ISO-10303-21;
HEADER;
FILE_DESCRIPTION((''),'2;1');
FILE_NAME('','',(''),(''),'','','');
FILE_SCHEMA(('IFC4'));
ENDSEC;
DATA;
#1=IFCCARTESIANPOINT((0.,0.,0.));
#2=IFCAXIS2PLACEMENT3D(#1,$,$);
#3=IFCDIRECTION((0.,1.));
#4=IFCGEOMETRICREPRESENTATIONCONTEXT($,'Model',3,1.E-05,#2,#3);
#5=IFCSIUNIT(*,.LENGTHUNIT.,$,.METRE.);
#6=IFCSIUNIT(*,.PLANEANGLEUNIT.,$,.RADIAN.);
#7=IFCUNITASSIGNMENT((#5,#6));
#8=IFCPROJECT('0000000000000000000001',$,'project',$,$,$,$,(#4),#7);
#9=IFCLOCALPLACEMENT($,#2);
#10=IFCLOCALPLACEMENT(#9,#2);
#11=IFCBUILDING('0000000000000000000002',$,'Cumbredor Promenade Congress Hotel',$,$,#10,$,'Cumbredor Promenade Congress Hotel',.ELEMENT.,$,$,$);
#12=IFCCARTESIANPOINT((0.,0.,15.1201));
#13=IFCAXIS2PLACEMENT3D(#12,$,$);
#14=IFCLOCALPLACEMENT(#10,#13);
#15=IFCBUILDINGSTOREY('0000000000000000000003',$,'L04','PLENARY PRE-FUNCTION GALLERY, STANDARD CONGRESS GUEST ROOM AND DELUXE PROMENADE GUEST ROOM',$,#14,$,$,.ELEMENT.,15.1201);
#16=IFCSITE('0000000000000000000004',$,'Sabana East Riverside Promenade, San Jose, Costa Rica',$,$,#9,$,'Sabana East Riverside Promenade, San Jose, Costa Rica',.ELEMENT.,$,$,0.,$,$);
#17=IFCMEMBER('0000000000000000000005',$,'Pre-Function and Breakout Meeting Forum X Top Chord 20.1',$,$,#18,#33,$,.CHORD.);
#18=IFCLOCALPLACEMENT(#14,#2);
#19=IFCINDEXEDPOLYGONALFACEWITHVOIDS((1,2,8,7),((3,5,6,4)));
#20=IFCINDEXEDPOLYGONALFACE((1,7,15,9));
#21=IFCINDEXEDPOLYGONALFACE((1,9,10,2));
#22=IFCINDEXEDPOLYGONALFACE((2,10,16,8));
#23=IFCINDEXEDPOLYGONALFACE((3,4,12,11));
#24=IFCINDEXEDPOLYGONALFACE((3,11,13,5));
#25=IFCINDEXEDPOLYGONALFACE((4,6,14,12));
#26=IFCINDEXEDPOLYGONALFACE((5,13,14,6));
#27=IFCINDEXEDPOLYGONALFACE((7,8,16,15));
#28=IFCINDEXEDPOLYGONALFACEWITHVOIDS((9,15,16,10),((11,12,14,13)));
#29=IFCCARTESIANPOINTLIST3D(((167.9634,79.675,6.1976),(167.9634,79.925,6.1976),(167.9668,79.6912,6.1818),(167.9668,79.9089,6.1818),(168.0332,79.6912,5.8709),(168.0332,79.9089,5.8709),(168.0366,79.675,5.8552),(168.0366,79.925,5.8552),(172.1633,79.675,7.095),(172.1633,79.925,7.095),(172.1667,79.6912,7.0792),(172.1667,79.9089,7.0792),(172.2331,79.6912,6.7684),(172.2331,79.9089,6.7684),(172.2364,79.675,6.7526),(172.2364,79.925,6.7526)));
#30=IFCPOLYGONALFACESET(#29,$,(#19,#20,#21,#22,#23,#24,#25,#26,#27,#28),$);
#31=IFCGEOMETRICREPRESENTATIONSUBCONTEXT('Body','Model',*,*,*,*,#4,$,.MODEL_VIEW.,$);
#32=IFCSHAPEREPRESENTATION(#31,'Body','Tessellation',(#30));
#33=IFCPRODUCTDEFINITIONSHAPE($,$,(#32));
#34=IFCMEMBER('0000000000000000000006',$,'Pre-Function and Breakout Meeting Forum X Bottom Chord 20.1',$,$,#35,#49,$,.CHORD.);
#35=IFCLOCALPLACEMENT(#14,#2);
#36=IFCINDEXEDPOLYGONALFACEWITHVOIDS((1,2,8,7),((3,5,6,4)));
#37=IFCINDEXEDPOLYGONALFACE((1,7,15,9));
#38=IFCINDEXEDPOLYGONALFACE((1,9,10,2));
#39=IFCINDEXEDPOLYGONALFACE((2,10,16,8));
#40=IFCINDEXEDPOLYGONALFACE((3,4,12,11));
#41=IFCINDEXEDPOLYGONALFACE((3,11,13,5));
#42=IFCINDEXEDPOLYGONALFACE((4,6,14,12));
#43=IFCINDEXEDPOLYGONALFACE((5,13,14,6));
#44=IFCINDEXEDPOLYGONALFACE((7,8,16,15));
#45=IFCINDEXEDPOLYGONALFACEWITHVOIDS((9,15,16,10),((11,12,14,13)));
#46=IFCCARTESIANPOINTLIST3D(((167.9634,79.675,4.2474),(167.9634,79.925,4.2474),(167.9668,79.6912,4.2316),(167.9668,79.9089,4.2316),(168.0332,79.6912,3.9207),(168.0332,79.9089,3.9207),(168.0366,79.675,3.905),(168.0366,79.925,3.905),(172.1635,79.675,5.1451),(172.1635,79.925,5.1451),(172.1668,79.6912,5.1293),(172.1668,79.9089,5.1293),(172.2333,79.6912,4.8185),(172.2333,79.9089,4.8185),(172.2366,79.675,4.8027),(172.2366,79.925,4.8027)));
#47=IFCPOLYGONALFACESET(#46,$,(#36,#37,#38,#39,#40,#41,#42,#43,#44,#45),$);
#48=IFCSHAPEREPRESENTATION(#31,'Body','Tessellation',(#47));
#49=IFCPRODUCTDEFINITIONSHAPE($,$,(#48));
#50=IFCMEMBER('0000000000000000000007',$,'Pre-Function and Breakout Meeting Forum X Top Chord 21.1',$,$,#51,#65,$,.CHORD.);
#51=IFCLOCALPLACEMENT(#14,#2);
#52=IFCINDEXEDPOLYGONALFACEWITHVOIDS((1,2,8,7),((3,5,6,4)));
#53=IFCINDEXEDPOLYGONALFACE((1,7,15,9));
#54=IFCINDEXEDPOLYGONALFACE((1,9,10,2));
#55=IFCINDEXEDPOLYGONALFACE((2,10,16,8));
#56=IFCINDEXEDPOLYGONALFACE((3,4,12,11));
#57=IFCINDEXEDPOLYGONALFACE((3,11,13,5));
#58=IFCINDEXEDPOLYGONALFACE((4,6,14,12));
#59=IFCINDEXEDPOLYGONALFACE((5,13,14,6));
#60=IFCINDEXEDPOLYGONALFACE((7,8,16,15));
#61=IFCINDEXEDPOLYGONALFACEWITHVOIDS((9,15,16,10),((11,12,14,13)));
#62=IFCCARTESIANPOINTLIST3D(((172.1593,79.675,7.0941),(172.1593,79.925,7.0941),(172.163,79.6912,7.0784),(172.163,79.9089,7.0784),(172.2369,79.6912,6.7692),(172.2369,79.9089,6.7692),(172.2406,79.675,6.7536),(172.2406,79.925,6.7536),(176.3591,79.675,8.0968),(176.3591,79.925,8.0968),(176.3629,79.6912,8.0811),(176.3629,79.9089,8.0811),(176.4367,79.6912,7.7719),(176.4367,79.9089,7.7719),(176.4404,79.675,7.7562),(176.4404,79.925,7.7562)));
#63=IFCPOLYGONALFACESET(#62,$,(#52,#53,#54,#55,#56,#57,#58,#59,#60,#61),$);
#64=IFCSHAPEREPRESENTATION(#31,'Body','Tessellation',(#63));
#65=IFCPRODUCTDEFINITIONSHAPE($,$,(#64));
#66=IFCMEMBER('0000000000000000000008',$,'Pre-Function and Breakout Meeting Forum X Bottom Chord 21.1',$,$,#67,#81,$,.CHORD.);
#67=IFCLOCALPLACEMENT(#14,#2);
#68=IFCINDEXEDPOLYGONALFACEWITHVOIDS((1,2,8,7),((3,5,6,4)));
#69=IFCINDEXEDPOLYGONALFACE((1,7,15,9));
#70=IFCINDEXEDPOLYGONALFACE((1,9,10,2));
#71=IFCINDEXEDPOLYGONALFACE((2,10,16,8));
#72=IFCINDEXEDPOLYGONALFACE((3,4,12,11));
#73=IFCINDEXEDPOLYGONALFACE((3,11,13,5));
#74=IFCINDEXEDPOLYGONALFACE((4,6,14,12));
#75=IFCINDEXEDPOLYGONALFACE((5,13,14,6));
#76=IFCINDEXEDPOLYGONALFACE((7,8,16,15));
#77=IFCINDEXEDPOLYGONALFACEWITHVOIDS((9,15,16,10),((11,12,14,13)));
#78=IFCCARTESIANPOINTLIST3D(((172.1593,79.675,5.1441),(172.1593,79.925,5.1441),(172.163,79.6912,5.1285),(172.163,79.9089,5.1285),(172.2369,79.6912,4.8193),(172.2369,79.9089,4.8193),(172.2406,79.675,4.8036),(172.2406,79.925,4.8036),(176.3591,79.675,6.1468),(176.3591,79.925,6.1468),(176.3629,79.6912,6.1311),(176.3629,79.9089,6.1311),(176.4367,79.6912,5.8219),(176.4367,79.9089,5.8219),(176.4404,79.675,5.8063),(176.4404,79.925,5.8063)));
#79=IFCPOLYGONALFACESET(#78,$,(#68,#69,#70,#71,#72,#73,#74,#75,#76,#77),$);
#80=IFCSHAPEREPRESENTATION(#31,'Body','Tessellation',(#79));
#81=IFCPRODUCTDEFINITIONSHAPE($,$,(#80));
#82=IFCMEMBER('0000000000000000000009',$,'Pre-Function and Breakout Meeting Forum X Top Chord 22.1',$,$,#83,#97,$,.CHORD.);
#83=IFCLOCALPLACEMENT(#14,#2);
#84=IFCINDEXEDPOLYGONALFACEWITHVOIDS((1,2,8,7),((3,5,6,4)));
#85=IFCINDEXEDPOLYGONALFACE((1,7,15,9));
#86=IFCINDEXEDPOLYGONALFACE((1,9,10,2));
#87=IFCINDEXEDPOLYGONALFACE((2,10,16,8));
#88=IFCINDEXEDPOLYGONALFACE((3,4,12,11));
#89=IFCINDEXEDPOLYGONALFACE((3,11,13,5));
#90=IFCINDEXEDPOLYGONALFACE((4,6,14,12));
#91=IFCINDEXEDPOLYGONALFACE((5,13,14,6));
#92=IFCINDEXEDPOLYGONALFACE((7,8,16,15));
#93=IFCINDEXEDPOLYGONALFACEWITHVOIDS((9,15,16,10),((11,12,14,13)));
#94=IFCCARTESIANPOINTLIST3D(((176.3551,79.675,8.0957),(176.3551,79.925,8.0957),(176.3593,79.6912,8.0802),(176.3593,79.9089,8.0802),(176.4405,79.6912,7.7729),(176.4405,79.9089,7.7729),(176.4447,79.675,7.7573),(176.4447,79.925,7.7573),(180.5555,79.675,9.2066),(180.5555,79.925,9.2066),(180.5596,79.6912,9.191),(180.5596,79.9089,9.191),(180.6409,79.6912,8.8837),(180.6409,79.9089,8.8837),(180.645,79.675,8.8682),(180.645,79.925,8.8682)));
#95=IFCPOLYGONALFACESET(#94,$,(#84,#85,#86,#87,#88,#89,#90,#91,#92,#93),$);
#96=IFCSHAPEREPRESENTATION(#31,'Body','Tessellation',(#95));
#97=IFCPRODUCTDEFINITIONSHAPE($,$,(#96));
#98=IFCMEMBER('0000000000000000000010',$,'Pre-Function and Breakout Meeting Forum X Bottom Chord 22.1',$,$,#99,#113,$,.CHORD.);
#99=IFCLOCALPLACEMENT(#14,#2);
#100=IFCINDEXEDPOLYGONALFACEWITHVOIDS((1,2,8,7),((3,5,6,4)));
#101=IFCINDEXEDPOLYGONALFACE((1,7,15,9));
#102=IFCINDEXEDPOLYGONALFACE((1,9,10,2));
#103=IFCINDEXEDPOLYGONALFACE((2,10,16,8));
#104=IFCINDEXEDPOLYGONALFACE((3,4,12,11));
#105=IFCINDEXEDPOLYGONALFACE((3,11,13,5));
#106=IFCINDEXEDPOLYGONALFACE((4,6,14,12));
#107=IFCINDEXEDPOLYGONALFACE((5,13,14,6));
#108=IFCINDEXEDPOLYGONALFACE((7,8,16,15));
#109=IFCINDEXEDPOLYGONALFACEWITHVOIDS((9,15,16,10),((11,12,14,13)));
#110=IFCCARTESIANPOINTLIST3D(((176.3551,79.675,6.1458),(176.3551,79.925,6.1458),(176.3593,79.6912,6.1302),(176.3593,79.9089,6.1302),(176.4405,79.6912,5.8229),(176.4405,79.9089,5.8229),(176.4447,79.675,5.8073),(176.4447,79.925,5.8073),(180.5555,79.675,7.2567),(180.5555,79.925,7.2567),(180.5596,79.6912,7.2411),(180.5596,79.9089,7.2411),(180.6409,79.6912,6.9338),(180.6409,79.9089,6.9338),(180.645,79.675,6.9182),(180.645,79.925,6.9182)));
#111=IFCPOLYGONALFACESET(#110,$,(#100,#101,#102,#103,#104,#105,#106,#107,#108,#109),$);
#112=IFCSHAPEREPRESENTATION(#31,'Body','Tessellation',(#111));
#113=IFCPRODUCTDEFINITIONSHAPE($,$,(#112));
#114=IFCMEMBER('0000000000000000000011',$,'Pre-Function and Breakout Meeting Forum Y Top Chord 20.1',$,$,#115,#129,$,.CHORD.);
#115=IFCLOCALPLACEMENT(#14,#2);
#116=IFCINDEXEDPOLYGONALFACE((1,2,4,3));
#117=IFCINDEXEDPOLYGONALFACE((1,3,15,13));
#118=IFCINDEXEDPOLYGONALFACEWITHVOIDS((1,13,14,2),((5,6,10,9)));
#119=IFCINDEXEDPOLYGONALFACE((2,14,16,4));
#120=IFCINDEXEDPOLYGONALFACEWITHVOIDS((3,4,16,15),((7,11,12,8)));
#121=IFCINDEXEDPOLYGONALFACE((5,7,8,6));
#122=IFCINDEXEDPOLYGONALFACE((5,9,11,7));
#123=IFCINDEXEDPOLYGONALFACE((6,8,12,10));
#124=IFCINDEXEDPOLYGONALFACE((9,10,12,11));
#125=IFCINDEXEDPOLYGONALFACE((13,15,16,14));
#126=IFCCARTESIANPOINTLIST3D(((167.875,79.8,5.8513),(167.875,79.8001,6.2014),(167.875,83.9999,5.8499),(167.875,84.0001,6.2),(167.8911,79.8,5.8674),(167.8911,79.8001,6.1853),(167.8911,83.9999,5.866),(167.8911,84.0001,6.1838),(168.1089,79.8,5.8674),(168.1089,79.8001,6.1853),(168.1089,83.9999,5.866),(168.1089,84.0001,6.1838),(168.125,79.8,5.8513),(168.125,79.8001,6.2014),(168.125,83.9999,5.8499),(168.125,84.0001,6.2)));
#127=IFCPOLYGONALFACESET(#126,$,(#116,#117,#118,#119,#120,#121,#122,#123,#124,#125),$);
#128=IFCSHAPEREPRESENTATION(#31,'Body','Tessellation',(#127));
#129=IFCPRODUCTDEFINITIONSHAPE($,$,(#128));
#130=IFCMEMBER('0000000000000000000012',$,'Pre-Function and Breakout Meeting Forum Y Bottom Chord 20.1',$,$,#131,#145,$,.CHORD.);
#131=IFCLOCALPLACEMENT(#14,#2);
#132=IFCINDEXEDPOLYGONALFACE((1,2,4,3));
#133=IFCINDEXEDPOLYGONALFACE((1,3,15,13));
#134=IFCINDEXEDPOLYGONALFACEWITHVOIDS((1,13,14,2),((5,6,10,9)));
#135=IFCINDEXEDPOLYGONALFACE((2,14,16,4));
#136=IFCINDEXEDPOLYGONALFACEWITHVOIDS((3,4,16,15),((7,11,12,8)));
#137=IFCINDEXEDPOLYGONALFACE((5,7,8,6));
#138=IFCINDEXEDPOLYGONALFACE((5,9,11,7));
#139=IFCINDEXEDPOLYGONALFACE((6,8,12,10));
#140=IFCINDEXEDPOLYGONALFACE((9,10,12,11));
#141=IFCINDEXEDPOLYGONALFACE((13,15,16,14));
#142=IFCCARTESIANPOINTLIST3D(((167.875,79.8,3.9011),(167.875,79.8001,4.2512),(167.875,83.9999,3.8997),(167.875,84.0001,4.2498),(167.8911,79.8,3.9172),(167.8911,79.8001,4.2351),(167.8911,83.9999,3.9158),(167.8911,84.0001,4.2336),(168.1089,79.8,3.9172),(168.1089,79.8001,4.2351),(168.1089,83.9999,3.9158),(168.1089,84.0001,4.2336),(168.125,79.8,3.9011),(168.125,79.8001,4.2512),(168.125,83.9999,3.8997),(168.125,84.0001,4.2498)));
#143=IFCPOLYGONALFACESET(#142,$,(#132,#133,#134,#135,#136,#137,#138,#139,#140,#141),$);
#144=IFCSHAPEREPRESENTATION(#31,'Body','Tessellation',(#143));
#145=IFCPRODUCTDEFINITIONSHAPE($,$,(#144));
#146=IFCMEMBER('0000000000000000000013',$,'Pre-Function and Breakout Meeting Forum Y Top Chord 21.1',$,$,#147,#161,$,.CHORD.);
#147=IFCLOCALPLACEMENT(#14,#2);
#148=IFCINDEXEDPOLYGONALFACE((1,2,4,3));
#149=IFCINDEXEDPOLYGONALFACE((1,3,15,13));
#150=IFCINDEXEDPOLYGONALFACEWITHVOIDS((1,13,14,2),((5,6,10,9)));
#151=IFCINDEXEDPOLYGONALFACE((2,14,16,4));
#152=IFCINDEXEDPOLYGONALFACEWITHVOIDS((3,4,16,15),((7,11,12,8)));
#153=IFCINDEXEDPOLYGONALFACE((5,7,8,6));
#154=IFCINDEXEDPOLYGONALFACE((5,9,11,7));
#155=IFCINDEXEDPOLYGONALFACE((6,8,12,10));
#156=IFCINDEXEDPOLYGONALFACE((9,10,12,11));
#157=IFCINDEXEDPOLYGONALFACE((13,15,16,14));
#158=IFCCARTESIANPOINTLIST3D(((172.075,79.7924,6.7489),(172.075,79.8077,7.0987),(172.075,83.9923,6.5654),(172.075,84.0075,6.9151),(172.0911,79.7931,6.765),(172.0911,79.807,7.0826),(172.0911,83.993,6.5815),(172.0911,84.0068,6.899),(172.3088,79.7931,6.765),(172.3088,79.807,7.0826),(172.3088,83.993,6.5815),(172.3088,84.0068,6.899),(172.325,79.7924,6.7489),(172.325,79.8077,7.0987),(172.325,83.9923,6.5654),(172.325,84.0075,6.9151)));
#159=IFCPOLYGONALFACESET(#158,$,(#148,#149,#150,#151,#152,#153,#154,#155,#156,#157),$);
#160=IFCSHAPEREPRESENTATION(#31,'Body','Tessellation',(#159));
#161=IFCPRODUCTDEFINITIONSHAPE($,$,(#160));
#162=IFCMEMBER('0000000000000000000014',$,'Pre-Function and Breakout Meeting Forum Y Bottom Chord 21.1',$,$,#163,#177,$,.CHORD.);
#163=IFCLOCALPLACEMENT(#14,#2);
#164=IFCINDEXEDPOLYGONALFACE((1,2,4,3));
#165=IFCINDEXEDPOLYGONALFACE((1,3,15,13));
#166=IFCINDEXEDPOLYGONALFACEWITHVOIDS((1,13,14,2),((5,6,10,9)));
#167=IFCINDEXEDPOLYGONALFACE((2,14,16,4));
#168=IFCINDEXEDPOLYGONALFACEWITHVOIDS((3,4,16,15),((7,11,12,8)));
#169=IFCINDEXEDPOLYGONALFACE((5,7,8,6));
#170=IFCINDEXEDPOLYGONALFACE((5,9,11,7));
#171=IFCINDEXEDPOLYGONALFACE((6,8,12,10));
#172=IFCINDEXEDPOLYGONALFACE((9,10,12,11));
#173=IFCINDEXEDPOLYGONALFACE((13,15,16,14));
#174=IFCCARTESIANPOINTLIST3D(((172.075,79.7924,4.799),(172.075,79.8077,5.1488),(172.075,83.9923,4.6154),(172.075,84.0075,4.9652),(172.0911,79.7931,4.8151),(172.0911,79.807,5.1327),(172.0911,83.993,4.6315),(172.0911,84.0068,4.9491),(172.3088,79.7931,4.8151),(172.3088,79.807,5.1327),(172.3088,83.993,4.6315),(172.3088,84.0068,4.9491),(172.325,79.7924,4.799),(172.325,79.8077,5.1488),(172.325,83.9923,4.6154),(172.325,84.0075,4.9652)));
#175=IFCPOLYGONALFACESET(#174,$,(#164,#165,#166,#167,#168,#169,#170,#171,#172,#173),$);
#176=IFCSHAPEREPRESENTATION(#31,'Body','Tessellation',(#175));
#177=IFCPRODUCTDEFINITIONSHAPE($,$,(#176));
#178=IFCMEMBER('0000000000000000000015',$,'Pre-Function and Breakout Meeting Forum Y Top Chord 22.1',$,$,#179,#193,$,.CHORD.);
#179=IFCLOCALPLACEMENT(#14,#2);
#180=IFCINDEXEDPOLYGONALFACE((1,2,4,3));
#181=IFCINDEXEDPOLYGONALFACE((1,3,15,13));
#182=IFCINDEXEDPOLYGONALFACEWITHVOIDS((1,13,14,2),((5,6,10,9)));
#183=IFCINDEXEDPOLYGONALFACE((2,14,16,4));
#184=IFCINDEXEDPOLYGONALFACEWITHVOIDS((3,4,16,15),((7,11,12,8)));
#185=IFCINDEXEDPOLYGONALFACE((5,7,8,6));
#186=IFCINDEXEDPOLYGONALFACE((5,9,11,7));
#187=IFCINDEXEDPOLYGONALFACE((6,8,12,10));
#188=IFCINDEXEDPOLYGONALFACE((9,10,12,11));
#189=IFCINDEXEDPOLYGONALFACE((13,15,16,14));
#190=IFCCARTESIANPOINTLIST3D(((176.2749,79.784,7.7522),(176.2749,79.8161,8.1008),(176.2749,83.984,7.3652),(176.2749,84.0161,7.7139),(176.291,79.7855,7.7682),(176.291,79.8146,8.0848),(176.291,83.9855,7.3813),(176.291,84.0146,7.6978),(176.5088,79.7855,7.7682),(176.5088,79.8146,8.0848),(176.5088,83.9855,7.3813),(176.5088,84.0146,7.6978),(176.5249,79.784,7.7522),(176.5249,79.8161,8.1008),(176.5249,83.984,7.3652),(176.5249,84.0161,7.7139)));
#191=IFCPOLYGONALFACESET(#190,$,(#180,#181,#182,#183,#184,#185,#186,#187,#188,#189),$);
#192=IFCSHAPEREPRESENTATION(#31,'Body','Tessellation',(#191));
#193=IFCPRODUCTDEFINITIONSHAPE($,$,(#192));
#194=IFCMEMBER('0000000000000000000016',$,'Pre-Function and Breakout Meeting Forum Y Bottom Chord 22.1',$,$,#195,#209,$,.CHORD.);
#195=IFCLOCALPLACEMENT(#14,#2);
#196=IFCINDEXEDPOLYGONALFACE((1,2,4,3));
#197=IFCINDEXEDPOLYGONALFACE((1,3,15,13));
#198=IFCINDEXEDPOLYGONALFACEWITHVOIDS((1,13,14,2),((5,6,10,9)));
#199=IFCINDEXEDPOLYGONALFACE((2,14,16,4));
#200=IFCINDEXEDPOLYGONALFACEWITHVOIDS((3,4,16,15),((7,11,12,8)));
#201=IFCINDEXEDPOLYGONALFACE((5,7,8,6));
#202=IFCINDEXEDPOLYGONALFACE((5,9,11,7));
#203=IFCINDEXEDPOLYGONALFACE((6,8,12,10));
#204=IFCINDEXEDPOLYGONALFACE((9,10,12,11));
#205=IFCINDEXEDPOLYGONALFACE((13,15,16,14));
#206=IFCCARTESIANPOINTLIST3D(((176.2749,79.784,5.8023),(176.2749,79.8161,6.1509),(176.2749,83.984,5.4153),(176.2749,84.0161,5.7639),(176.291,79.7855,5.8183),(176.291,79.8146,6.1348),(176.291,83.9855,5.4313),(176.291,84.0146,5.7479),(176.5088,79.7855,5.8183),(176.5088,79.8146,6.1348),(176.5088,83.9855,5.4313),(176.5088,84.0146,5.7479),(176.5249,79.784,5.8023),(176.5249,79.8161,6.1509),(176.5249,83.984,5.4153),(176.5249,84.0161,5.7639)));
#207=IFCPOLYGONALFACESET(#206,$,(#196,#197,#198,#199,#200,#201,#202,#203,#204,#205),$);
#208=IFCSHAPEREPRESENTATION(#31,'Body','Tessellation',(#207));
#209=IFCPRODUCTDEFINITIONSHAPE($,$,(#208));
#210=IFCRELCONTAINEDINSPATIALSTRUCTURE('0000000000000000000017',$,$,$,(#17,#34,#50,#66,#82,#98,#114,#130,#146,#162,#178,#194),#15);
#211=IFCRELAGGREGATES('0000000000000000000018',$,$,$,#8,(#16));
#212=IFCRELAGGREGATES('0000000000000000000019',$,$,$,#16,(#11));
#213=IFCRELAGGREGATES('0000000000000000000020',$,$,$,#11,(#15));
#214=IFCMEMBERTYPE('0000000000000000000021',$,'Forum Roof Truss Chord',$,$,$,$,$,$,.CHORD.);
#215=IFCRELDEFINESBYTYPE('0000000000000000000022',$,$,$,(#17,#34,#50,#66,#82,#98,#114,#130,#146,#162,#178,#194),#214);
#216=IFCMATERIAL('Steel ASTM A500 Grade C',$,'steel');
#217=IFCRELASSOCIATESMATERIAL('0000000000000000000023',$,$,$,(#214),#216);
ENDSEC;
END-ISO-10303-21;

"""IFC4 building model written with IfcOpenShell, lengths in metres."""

from ifc_helpers import new_model, si_unit, direction, frame, origin, origin_2d, place, context, subcontext, project, spatial, hollow_rectangle, extrude, material, material_profile, profile_set, type_object, element, save


model = new_model("IFC4")

# Units and contexts
model_context = context("Model", 3, precision=1e-05, world=origin(), true_north=direction((0.0, 1.0)))
body_context = subcontext(model_context, "Body", "Model", "MODEL_VIEW")
ifc_project = project(units=[si_unit("LENGTHUNIT", "METRE"), si_unit("PLANEANGLEUNIT", "RADIAN")], contexts=[model_context])

# Site, building, storey
site_placement = place(None, origin())
site = spatial("IfcSite", under=ifc_project, at=site_placement, Name="Sabana East Riverside Promenade, San Jose, Costa Rica", LongName="Sabana East Riverside Promenade, San Jose, Costa Rica", CompositionType="ELEMENT", RefElevation=0.0)
building_placement = place(site_placement, origin())
building = spatial("IfcBuilding", under=site, at=building_placement, Name="Cumbredor Promenade Congress Hotel", LongName="Cumbredor Promenade Congress Hotel", CompositionType="ELEMENT")
storey_placement = place(building_placement, frame((0.0, 0.0, 15.1201)))
storey = spatial("IfcBuildingStorey", under=building, at=storey_placement, Name="L04", Description="PLENARY PRE-FUNCTION GALLERY, STANDARD CONGRESS GUEST ROOM AND DELUXE PROMENADE GUEST ROOM", CompositionType="ELEMENT", Elevation=15.1201)

# Members
ifc_material_1 = material(Name="Steel ASTM A500 Grade C", Category="steel")
ifc_material_profile_1 = material_profile(ifc_material_1, hollow_rectangle(XDim=0.25, YDim=0.3501, WallThickness=0.0161, at=origin_2d()), Name="HSS 350x250x16")
ifc_profile_set_1 = profile_set([ifc_material_profile_1], Name="Steel ASTM A500 Grade C")
member_type_1 = type_object("IfcMemberType", Name="Forum Roof Truss Chord", PredefinedType="CHORD", material=ifc_profile_set_1)
member_1_placement = place(storey_placement, frame((168.0, 79.8, 6.0264), z_axis=(0.977923, 0.0, 0.208966), x_axis=(0.0, 1.0, 0.0)))
element("IfcMember", 1, at=member_1_placement, inside=storey, type_object=member_type_1, Name="Pre-Function and Breakout Meeting Forum X Top Chord 20.1", PredefinedType="CHORD", context=body_context, shape_type="SweptSolid", body=[
    extrude(hollow_rectangle(XDim=0.25, YDim=0.3501, WallThickness=0.0161, at=origin_2d()), origin(), (0.0, 0.0, 1.0), 4.2947),
])
member_2_placement = place(storey_placement, frame((168.0, 79.8, 4.0762), z_axis=(0.977911, 0.0, 0.209021), x_axis=(0.0, 1.0, 0.0)))
element("IfcMember", 2, at=member_2_placement, inside=storey, type_object=member_type_1, Name="Pre-Function and Breakout Meeting Forum X Bottom Chord 20.1", PredefinedType="CHORD", context=body_context, shape_type="SweptSolid", body=[
    extrude(hollow_rectangle(XDim=0.25, YDim=0.3501, WallThickness=0.0161, at=origin_2d()), origin(), (0.0, 0.0, 1.0), 4.2949),
])
for number, where, z_axis, x_axis, name in (
    (3, (172.2, 79.8, 6.9238), (0.972665, 0.0, 0.232212), (0.0, 1.0, 0.0), "Pre-Function and Breakout Meeting Forum X Top Chord 21.1"),
    (4, (172.2, 79.8, 4.9739), (0.972665, 0.0, 0.232212), (0.0, 1.0, 0.0), "Pre-Function and Breakout Meeting Forum X Bottom Chord 21.1"),
):
    element("IfcMember", number, at=place(storey_placement, frame(where, z_axis=z_axis, x_axis=x_axis)), inside=storey, type_object=member_type_1, Name=name, PredefinedType="CHORD", context=body_context, shape_type="SweptSolid", body=[
        extrude(hollow_rectangle(XDim=0.25, YDim=0.3501, WallThickness=0.0161, at=origin_2d()), origin(), (0.0, 0.0, 1.0), 4.3179),
    ])
for number, where, z_axis, x_axis, name in (
    (5, (176.3999, 79.8, 7.9265), (0.966761, 0.0, 0.255682), (0.0, 1.0, 0.0), "Pre-Function and Breakout Meeting Forum X Top Chord 22.1"),
    (6, (176.3999, 79.8, 5.9766), (0.966761, 0.0, 0.255682), (0.0, 1.0, 0.0), "Pre-Function and Breakout Meeting Forum X Bottom Chord 22.1"),
):
    element("IfcMember", number, at=place(storey_placement, frame(where, z_axis=z_axis, x_axis=x_axis)), inside=storey, type_object=member_type_1, Name=name, PredefinedType="CHORD", context=body_context, shape_type="SweptSolid", body=[
        extrude(hollow_rectangle(XDim=0.25, YDim=0.3501, WallThickness=0.0161, at=origin_2d()), origin(), (0.0, 0.0, 1.0), 4.3447),
    ])
for number, where, z_axis, x_axis, name in (
    (7, (168.0, 79.8, 6.0264), (0.0, 1.0, -0.000349), (-1.0, 0.0, 0.0), "Pre-Function and Breakout Meeting Forum Y Top Chord 20.1"),
    (8, (168.0, 79.8, 4.0762), (0.0, 1.0, -0.000349), (-1.0, 0.0, 0.0), "Pre-Function and Breakout Meeting Forum Y Bottom Chord 20.1"),
):
    element("IfcMember", number, at=place(storey_placement, frame(where, z_axis=z_axis, x_axis=x_axis)), inside=storey, type_object=member_type_1, Name=name, PredefinedType="CHORD", context=body_context, shape_type="SweptSolid", body=[
        extrude(hollow_rectangle(XDim=0.25, YDim=0.3501, WallThickness=0.0161, at=origin_2d()), origin(), (0.0, 0.0, 1.0), 4.2),
    ])
for number, where, z_axis, x_axis, name in (
    (9, (172.2, 79.8, 6.9238), (0.0, 0.999046, -0.043672), (-1.0, 0.0, 0.0), "Pre-Function and Breakout Meeting Forum Y Top Chord 21.1"),
    (10, (172.2, 79.8, 4.9739), (0.0, 0.999046, -0.043672), (-1.0, 0.0, 0.0), "Pre-Function and Breakout Meeting Forum Y Bottom Chord 21.1"),
):
    element("IfcMember", number, at=place(storey_placement, frame(where, z_axis=z_axis, x_axis=x_axis)), inside=storey, type_object=member_type_1, Name=name, PredefinedType="CHORD", context=body_context, shape_type="SweptSolid", body=[
        extrude(hollow_rectangle(XDim=0.25, YDim=0.3501, WallThickness=0.0161, at=origin_2d()), origin(), (0.0, 0.0, 1.0), 4.2039),
    ])
for number, where, z_axis, x_axis, name in (
    (11, (176.3999, 79.8, 7.9265), (0.0, 0.995782, -0.091747), (-1.0, 0.0, 0.0), "Pre-Function and Breakout Meeting Forum Y Top Chord 22.1"),
    (12, (176.3999, 79.8, 5.9766), (0.0, 0.995782, -0.091747), (-1.0, 0.0, 0.0), "Pre-Function and Breakout Meeting Forum Y Bottom Chord 22.1"),
):
    element("IfcMember", number, at=place(storey_placement, frame(where, z_axis=z_axis, x_axis=x_axis)), inside=storey, type_object=member_type_1, Name=name, PredefinedType="CHORD", context=body_context, shape_type="SweptSolid", body=[
        extrude(hollow_rectangle(XDim=0.25, YDim=0.3501, WallThickness=0.0161, at=origin_2d()), origin(), (0.0, 0.0, 1.0), 4.2178),
    ])

save(model, "model.ifc")
